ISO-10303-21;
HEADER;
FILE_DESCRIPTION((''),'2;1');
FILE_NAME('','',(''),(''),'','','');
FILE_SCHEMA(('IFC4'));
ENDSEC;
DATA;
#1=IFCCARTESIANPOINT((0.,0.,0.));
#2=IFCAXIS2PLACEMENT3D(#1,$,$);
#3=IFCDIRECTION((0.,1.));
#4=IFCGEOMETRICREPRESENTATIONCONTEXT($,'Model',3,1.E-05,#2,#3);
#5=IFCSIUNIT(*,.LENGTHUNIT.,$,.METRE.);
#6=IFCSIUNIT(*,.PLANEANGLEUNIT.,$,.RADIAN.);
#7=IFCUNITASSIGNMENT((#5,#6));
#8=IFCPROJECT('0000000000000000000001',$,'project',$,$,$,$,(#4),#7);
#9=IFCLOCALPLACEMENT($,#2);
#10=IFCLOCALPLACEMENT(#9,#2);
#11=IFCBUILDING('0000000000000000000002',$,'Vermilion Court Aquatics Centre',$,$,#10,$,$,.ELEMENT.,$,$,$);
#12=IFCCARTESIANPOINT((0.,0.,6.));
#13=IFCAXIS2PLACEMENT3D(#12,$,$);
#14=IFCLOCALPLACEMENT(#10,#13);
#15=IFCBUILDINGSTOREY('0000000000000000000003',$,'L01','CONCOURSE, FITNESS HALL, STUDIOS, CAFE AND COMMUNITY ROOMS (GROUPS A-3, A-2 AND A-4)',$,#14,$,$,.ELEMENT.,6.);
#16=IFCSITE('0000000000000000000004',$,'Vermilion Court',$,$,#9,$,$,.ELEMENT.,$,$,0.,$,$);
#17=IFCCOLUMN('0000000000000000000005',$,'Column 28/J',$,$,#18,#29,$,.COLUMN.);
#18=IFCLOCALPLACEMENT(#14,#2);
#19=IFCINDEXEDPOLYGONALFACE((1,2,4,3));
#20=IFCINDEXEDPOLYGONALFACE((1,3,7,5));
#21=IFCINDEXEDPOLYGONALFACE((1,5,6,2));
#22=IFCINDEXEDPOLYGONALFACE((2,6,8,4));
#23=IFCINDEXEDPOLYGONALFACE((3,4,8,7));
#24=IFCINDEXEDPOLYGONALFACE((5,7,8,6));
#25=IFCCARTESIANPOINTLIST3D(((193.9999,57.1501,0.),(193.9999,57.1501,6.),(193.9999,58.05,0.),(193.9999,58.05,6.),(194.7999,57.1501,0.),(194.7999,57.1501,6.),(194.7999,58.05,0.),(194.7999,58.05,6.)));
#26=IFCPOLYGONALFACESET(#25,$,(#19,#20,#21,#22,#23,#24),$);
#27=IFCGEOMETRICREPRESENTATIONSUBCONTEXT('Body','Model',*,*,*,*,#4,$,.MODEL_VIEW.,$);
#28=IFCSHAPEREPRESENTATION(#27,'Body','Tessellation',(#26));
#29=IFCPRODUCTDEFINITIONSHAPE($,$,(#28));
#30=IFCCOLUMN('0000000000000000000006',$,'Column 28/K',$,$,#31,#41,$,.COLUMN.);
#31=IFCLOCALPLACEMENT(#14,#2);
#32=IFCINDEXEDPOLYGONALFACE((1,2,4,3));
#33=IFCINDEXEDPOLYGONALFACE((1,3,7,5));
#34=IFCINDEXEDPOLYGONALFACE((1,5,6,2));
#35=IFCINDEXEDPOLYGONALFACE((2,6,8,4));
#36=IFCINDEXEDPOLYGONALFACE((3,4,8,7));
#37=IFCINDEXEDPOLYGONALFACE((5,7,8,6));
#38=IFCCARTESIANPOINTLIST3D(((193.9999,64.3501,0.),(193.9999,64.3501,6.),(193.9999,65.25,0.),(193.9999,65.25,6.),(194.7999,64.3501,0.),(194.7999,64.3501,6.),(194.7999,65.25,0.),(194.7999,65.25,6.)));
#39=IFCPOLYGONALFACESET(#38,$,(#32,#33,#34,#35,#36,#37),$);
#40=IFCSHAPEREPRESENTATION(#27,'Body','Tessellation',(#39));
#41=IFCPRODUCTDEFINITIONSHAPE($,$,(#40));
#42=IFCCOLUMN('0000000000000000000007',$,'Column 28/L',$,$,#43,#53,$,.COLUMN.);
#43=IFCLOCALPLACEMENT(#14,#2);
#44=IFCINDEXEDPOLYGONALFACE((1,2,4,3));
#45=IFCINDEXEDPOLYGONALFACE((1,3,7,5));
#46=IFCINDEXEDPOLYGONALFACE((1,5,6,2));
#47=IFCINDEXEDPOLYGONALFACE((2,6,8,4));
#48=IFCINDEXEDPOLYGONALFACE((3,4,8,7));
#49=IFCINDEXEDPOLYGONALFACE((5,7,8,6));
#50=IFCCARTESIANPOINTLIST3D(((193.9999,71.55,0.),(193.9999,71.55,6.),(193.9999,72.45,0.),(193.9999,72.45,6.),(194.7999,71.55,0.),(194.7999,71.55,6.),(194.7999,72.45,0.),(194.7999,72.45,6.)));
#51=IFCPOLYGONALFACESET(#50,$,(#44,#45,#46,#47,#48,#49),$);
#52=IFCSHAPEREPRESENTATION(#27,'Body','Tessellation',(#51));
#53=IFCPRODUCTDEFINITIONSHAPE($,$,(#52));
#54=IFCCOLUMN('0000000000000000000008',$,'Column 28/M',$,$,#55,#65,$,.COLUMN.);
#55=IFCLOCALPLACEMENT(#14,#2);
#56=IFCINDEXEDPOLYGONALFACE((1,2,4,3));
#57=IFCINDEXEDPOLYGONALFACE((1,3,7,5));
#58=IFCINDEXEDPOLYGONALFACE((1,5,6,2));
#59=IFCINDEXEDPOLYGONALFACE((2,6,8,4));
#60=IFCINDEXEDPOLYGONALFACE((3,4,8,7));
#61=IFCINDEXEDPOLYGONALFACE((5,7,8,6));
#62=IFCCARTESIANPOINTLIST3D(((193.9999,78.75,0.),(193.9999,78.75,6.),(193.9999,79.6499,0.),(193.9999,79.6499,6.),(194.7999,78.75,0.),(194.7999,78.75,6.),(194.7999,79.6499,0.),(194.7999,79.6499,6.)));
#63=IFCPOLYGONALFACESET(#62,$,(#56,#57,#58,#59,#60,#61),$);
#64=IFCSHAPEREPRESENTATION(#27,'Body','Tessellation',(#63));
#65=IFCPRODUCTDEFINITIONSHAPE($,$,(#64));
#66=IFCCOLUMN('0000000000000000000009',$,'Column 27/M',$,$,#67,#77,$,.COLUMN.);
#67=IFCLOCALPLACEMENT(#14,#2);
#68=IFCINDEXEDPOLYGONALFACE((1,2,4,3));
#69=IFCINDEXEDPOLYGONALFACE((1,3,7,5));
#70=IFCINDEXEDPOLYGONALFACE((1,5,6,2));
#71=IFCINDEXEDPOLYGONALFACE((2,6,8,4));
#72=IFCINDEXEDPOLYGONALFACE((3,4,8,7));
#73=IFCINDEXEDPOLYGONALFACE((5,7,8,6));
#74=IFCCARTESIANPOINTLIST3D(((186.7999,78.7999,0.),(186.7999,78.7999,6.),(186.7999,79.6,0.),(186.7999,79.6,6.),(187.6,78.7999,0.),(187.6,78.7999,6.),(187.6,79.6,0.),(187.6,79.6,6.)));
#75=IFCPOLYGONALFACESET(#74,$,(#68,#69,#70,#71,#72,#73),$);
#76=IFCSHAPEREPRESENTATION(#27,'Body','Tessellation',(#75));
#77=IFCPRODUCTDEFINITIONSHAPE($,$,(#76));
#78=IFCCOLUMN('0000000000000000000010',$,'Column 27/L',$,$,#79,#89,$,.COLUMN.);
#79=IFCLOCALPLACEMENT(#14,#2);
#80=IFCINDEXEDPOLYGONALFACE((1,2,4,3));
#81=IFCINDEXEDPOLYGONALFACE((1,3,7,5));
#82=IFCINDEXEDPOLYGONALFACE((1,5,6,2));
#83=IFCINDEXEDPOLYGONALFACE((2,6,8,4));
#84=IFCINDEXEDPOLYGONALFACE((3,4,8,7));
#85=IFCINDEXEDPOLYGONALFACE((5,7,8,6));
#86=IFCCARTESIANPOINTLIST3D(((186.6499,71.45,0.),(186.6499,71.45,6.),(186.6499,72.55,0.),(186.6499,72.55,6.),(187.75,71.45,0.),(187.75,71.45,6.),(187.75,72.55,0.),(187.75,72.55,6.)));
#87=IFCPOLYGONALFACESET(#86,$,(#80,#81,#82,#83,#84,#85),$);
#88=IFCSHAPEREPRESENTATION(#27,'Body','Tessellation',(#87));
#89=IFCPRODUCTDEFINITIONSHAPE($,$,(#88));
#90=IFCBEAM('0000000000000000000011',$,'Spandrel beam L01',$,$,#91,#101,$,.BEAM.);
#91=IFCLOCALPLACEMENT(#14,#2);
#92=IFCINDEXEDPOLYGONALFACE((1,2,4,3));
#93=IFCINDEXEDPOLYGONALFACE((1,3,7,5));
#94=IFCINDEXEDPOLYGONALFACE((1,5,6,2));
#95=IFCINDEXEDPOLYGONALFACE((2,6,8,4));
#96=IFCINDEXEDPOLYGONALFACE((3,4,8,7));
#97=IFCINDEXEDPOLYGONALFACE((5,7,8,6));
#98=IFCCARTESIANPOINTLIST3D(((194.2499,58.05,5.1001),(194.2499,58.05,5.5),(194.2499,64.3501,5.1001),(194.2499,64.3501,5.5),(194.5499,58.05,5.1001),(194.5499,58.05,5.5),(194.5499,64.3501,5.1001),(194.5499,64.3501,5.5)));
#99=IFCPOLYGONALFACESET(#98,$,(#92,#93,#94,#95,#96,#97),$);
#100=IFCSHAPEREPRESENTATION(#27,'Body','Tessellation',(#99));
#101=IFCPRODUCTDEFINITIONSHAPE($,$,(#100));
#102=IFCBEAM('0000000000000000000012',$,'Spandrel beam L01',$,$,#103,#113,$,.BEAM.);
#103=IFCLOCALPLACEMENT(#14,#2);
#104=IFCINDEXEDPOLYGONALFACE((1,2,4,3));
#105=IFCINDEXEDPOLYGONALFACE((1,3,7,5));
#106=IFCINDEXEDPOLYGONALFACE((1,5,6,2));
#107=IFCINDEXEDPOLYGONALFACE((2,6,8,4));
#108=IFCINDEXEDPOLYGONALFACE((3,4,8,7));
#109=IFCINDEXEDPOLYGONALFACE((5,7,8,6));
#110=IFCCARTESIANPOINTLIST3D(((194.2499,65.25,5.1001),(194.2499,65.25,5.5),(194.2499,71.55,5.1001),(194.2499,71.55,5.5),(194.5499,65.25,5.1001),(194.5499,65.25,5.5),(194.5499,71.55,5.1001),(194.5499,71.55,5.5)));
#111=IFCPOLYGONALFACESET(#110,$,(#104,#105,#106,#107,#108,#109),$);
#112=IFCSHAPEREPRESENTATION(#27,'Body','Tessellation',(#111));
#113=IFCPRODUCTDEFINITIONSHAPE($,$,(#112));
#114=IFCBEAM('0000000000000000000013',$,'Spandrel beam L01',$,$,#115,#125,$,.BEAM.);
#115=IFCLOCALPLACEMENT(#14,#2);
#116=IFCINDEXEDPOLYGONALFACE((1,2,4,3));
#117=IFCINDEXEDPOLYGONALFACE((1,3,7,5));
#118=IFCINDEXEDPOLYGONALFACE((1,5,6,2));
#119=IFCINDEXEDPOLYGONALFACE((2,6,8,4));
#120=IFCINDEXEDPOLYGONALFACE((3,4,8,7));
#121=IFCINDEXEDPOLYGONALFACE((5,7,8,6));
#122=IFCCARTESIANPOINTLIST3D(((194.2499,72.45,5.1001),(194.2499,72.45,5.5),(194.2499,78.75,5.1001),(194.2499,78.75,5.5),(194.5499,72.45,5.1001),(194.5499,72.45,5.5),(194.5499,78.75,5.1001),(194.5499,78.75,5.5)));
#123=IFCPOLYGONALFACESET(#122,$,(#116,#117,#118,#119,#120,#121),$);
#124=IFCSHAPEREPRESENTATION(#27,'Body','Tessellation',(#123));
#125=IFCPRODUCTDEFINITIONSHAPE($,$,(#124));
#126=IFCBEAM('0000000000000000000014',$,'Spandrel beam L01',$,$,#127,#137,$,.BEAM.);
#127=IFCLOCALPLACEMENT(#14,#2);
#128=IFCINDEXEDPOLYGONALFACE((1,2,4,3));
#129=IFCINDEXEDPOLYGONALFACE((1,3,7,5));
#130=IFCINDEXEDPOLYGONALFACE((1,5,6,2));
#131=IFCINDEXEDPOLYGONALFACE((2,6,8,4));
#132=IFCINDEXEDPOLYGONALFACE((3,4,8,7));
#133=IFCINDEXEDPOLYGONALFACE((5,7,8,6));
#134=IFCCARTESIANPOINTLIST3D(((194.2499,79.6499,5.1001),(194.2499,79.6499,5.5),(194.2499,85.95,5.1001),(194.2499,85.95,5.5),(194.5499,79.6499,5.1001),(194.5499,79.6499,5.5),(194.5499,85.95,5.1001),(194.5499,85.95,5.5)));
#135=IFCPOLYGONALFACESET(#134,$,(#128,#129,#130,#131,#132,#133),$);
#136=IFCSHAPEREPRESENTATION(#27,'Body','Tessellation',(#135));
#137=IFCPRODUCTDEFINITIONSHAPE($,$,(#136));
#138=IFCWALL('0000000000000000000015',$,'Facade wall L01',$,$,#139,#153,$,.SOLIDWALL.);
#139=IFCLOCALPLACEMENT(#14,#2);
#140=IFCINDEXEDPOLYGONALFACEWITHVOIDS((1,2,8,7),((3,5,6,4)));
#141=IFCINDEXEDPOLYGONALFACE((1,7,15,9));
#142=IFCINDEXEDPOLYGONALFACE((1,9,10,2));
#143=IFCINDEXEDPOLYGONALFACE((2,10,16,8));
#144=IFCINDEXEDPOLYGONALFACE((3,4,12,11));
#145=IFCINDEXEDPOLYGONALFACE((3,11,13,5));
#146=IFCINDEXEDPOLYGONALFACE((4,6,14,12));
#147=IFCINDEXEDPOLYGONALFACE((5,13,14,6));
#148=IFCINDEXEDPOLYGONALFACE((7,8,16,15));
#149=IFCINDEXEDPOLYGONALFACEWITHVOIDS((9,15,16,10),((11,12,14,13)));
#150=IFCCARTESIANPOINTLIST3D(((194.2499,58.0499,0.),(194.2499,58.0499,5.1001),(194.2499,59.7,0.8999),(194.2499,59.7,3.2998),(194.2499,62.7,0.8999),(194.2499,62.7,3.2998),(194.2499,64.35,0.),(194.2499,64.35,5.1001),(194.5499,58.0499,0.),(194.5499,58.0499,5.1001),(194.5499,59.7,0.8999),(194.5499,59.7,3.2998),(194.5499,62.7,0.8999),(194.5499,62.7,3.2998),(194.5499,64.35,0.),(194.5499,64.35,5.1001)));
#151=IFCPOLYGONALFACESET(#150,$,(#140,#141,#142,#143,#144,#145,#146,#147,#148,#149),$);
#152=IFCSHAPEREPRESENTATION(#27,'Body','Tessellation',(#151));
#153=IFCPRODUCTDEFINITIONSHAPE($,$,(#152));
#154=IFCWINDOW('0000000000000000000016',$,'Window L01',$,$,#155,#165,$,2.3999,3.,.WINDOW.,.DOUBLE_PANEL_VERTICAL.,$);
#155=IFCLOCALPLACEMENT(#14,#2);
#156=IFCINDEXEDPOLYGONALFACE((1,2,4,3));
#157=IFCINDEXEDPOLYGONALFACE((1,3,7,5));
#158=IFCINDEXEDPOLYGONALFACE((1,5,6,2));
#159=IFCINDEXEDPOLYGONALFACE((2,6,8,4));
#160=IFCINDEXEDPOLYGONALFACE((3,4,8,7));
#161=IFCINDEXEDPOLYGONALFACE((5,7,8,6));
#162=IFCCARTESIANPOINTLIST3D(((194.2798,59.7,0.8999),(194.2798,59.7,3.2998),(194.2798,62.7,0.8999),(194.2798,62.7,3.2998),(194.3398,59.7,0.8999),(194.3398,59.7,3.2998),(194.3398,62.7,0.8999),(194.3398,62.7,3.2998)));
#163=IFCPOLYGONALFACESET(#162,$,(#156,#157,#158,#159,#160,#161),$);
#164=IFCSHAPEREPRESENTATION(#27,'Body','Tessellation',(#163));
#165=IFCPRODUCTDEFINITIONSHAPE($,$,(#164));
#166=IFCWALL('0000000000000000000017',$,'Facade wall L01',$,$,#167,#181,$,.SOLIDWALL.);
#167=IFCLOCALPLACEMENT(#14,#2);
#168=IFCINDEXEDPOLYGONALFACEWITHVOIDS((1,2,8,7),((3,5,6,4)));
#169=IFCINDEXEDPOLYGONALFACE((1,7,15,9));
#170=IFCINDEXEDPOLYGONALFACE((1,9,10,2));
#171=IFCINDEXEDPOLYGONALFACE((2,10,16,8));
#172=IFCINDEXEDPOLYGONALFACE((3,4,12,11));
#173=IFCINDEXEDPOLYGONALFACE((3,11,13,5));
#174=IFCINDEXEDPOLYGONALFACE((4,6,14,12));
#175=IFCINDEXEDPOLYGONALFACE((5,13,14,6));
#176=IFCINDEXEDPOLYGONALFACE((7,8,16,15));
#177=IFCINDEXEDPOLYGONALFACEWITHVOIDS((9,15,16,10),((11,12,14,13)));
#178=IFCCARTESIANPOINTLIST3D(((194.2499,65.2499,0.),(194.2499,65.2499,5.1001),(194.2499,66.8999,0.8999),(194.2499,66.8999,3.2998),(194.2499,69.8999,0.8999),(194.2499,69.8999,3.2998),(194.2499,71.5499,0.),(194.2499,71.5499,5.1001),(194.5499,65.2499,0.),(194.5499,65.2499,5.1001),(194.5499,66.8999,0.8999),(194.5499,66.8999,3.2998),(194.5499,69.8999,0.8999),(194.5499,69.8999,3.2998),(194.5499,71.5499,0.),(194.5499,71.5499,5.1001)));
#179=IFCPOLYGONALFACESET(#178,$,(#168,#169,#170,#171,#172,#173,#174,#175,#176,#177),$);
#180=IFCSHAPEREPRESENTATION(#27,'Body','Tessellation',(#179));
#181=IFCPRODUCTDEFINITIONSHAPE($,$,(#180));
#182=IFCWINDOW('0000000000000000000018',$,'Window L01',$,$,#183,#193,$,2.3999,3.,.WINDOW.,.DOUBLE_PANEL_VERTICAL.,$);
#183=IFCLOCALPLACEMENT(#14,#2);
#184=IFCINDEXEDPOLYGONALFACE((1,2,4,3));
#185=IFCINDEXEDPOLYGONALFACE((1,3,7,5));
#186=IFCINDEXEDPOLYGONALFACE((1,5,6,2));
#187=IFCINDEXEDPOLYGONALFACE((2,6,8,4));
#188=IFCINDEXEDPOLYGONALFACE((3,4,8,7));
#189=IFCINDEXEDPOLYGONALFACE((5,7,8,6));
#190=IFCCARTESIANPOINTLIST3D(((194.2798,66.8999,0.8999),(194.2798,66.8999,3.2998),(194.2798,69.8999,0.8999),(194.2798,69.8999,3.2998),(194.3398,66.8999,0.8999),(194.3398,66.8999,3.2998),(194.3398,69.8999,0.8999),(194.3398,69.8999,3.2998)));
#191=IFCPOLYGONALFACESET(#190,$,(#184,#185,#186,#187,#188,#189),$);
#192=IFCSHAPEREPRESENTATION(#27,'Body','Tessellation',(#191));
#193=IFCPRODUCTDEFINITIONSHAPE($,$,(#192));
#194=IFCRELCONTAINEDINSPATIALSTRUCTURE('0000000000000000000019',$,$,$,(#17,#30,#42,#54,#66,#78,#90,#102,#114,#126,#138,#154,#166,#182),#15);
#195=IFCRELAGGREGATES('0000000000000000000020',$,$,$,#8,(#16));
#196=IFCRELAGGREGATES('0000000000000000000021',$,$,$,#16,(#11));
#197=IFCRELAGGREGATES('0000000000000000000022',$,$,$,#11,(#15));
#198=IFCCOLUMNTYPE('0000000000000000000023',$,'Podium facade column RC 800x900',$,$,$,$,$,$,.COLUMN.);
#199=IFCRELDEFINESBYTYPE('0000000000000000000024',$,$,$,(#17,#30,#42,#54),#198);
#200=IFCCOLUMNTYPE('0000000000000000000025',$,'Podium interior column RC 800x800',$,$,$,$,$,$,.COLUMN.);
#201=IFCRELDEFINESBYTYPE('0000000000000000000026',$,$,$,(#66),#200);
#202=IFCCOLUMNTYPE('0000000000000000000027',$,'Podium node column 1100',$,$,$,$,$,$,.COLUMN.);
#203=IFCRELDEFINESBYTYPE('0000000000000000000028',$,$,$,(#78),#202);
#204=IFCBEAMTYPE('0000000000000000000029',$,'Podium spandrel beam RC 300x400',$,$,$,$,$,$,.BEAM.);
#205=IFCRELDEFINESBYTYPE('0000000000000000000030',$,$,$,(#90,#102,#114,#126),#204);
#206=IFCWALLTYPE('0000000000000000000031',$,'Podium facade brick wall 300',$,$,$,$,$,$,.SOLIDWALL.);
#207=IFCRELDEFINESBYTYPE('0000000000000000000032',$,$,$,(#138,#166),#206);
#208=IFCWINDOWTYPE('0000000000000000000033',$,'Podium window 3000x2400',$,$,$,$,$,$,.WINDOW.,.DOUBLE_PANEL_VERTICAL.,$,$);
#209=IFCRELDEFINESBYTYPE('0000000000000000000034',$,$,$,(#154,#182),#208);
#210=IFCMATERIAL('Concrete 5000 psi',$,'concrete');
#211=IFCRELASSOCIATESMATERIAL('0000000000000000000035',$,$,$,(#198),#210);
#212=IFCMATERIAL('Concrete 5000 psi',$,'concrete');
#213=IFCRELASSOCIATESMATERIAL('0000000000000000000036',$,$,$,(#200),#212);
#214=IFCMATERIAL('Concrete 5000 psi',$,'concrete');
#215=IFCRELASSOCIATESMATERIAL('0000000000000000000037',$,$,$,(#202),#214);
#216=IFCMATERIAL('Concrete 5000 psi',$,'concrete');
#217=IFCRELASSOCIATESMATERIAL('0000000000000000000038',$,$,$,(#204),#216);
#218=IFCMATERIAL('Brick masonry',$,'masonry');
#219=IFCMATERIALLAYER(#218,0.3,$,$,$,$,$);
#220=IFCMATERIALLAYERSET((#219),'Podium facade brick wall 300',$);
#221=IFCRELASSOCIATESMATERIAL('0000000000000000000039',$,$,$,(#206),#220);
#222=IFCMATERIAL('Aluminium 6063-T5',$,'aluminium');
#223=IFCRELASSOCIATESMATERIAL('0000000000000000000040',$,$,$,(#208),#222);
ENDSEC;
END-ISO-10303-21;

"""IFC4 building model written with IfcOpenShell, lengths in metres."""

from ifc_helpers import new_model, si_unit, direction, frame, frame_2d, origin, origin_2d, place, context, subcontext, project, spatial, rectangle, extrude, material, layer, layer_set, material_profile, profile_set, type_object, element, fill, save


model = new_model("IFC4")

# Units and contexts
model_context = context("Model", 3, precision=1e-05, world=origin(), true_north=direction((0.0, 1.0)))
body_context = subcontext(model_context, "Body", "Model", "MODEL_VIEW")
ifc_project = project(units=[si_unit("LENGTHUNIT", "METRE"), si_unit("PLANEANGLEUNIT", "RADIAN")], contexts=[model_context])

# Site, building, storey
site_placement = place(None, origin())
site = spatial("IfcSite", under=ifc_project, at=site_placement, Name="Vermilion Court", CompositionType="ELEMENT", RefElevation=0.0)
building_placement = place(site_placement, origin())
building = spatial("IfcBuilding", under=site, at=building_placement, Name="Vermilion Court Aquatics Centre", CompositionType="ELEMENT")
storey_placement = place(building_placement, frame((0.0, 0.0, 6.0)))
storey = spatial("IfcBuildingStorey", under=building, at=storey_placement, Name="L01", Description="CONCOURSE, FITNESS HALL, STUDIOS, CAFE AND COMMUNITY ROOMS (GROUPS A-3, A-2 AND A-4)", CompositionType="ELEMENT", Elevation=6.0)

# Columns
ifc_material_1 = material(Name="Concrete 5000 psi", Category="concrete")
ifc_material_profile_1 = material_profile(ifc_material_1, rectangle(XDim=0.8, YDim=0.8999, at=origin_2d()), Name="RC 800x900")
ifc_profile_set_1 = profile_set([ifc_material_profile_1], Name="Concrete 5000 psi")
column_type_1 = type_object("IfcColumnType", Name="Podium facade column RC 800x900", PredefinedType="COLUMN", material=ifc_profile_set_1)
for number, where, z_axis, x_axis, name in (
    (1, (194.3999, 57.6001, 0.0), (0.0, 0.0, 1.0), (1.0, 0.0, 0.0), "Column 28/J"),
    (2, (194.3999, 64.8, 0.0), (0.0, 0.0, 1.0), (1.0, 0.0, 0.0), "Column 28/K"),
    (3, (194.3999, 72.0, 0.0), (0.0, 0.0, 1.0), (1.0, 0.0, 0.0), "Column 28/L"),
    (4, (194.3999, 79.2, 0.0), (0.0, 0.0, 1.0), (1.0, 0.0, 0.0), "Column 28/M"),
):
    element("IfcColumn", number, at=place(storey_placement, frame(where, z_axis=z_axis, x_axis=x_axis)), inside=storey, type_object=column_type_1, Name=name, PredefinedType="COLUMN", context=body_context, shape_type="SweptSolid", body=[
        extrude(rectangle(XDim=0.8, YDim=0.8999, at=origin_2d()), origin(), (0.0, 0.0, 1.0), 6.0),
    ])
ifc_material_2 = material(Name="Concrete 5000 psi", Category="concrete")
ifc_material_profile_2 = material_profile(ifc_material_2, rectangle(XDim=0.8, YDim=0.8, at=origin_2d()), Name="RC 800x800")
ifc_profile_set_2 = profile_set([ifc_material_profile_2], Name="Concrete 5000 psi")
column_type_2 = type_object("IfcColumnType", Name="Podium interior column RC 800x800", PredefinedType="COLUMN", material=ifc_profile_set_2)
column_1_placement = place(storey_placement, frame((187.2, 79.2, 0.0), z_axis=(0.0, 0.0, 1.0), x_axis=(1.0, 0.0, 0.0)))
element("IfcColumn", 5, at=column_1_placement, inside=storey, type_object=column_type_2, Name="Column 27/M", PredefinedType="COLUMN", context=body_context, shape_type="SweptSolid", body=[
    extrude(rectangle(XDim=0.8, YDim=0.8, at=origin_2d()), origin(), (0.0, 0.0, 1.0), 6.0),
])
ifc_material_3 = material(Name="Concrete 5000 psi", Category="concrete")
ifc_material_profile_3 = material_profile(ifc_material_3, rectangle(XDim=1.1001, YDim=1.1001, at=origin_2d()), Name="RC 1100x1100")
ifc_profile_set_3 = profile_set([ifc_material_profile_3], Name="Concrete 5000 psi")
column_type_3 = type_object("IfcColumnType", Name="Podium node column 1100", PredefinedType="COLUMN", material=ifc_profile_set_3)
column_2_placement = place(storey_placement, frame((187.2, 72.0, 0.0), z_axis=(0.0, 0.0, 1.0), x_axis=(1.0, 0.0, 0.0)))
element("IfcColumn", 6, at=column_2_placement, inside=storey, type_object=column_type_3, Name="Column 27/L", PredefinedType="COLUMN", context=body_context, shape_type="SweptSolid", body=[
    extrude(rectangle(XDim=1.1001, YDim=1.1001, at=origin_2d()), origin(), (0.0, 0.0, 1.0), 6.0),
])

# Beams
ifc_material_4 = material(Name="Concrete 5000 psi", Category="concrete")
ifc_material_profile_4 = material_profile(ifc_material_4, rectangle(XDim=0.3, YDim=0.3999, at=origin_2d()), Name="RC 300x400")
ifc_profile_set_4 = profile_set([ifc_material_profile_4], Name="Concrete 5000 psi")
beam_type = type_object("IfcBeamType", Name="Podium spandrel beam RC 300x400", PredefinedType="BEAM", material=ifc_profile_set_4)
for number, where, z_axis, x_axis, name in (
    (7, (194.3999, 58.05, 5.3), (0.0, 1.0, 0.0), (-1.0, 0.0, 0.0), "Spandrel beam L01"),
    (8, (194.3999, 65.25, 5.3), (0.0, 1.0, 0.0), (-1.0, 0.0, 0.0), "Spandrel beam L01"),
    (9, (194.3999, 72.45, 5.3), (0.0, 1.0, 0.0), (-1.0, 0.0, 0.0), "Spandrel beam L01"),
    (10, (194.3999, 79.6499, 5.3), (0.0, 1.0, 0.0), (-1.0, 0.0, 0.0), "Spandrel beam L01"),
):
    element("IfcBeam", number, at=place(storey_placement, frame(where, z_axis=z_axis, x_axis=x_axis)), inside=storey, type_object=beam_type, Name=name, PredefinedType="BEAM", context=body_context, shape_type="SweptSolid", body=[
        extrude(rectangle(XDim=0.3, YDim=0.3999, at=origin_2d()), origin(), (0.0, 0.0, 1.0), 6.3),
    ])

# Walls, openings, windows
ifc_material_5 = material(Name="Brick masonry", Category="masonry")
ifc_layer_1 = layer(ifc_material_5, 0.3)
ifc_layer_set_1 = layer_set([ifc_layer_1], Name="Podium facade brick wall 300")
wall_type_1 = type_object("IfcWallType", Name="Podium facade brick wall 300", PredefinedType="SOLIDWALL", material=ifc_layer_set_1)
wall_1_placement = place(storey_placement, frame((194.3999, 58.05, 0.0), z_axis=(0.0, 0.0, 1.0), x_axis=(0.0, 1.0, 0.0)))
wall_1 = element("IfcWall", 11, at=wall_1_placement, inside=storey, type_object=wall_type_1, Name="Facade wall L01", PredefinedType="SOLIDWALL", context=body_context, shape_type="SweptSolid", body=[
    extrude(rectangle(XDim=6.3, YDim=0.3, at=frame_2d((3.1499, 0.0))), origin(), (0.0, 0.0, 1.0), 5.1001),
])
opening_1_placement = place(wall_1_placement, frame((1.6499, 0.0, 0.8999)))
opening_1 = element("IfcOpeningElement", 12, at=opening_1_placement, cuts=wall_1, PredefinedType="OPENING", context=body_context, shape_type="SweptSolid", body=[
    extrude(rectangle(XDim=3.0, YDim=2.3999, at=frame_2d((1.5, 1.2))), frame((0.0, 0.1599, 0.0), z_axis=(0.0, -1.0, 0.0), x_axis=(1.0, 0.0, 0.0)), (0.0, 0.0, 1.0), 0.3201),
])
ifc_material_6 = material(Name="Aluminium 6063-T5", Category="aluminium")
window_type = type_object("IfcWindowType", Name="Podium window 3000x2400", PartitioningType="DOUBLE_PANEL_VERTICAL", PredefinedType="WINDOW", material=ifc_material_6)
window_1_placement = place(opening_1_placement, origin())
window_1 = element("IfcWindow", 13, at=window_1_placement, inside=storey, type_object=window_type, Name="Window L01", OverallHeight=2.3999, OverallWidth=3.0, PartitioningType="DOUBLE_PANEL_VERTICAL", PredefinedType="WINDOW", context=body_context, shape_type="SweptSolid", body=[
    extrude(rectangle(XDim=3.0, YDim=2.3999, at=frame_2d((1.5, 1.2))), frame((0.0, 0.1201, 0.0), z_axis=(0.0, -1.0, 0.0), x_axis=(1.0, 0.0, 0.0)), (0.0, 0.0, 1.0), 0.0601),
])
fill(opening_1, window_1)
wall_2_placement = place(storey_placement, frame((194.3999, 65.25, 0.0), z_axis=(0.0, 0.0, 1.0), x_axis=(0.0, 1.0, 0.0)))
wall_2 = element("IfcWall", 14, at=wall_2_placement, inside=storey, type_object=wall_type_1, Name="Facade wall L01", PredefinedType="SOLIDWALL", context=body_context, shape_type="SweptSolid", body=[
    extrude(rectangle(XDim=6.3, YDim=0.3, at=frame_2d((3.1499, 0.0))), origin(), (0.0, 0.0, 1.0), 5.1001),
])
opening_2_placement = place(wall_2_placement, frame((1.6499, 0.0, 0.8999)))
opening_2 = element("IfcOpeningElement", 15, at=opening_2_placement, cuts=wall_2, PredefinedType="OPENING", context=body_context, shape_type="SweptSolid", body=[
    extrude(rectangle(XDim=3.0, YDim=2.3999, at=frame_2d((1.5, 1.2))), frame((0.0, 0.1599, 0.0), z_axis=(0.0, -1.0, 0.0), x_axis=(1.0, 0.0, 0.0)), (0.0, 0.0, 1.0), 0.3201),
])
window_2_placement = place(opening_2_placement, origin())
window_2 = element("IfcWindow", 16, at=window_2_placement, inside=storey, type_object=window_type, Name="Window L01", OverallHeight=2.3999, OverallWidth=3.0, PartitioningType="DOUBLE_PANEL_VERTICAL", PredefinedType="WINDOW", context=body_context, shape_type="SweptSolid", body=[
    extrude(rectangle(XDim=3.0, YDim=2.3999, at=frame_2d((1.5, 1.2))), frame((0.0, 0.1201, 0.0), z_axis=(0.0, -1.0, 0.0), x_axis=(1.0, 0.0, 0.0)), (0.0, 0.0, 1.0), 0.0601),
])
fill(opening_2, window_2)

save(model, "model.ifc")
